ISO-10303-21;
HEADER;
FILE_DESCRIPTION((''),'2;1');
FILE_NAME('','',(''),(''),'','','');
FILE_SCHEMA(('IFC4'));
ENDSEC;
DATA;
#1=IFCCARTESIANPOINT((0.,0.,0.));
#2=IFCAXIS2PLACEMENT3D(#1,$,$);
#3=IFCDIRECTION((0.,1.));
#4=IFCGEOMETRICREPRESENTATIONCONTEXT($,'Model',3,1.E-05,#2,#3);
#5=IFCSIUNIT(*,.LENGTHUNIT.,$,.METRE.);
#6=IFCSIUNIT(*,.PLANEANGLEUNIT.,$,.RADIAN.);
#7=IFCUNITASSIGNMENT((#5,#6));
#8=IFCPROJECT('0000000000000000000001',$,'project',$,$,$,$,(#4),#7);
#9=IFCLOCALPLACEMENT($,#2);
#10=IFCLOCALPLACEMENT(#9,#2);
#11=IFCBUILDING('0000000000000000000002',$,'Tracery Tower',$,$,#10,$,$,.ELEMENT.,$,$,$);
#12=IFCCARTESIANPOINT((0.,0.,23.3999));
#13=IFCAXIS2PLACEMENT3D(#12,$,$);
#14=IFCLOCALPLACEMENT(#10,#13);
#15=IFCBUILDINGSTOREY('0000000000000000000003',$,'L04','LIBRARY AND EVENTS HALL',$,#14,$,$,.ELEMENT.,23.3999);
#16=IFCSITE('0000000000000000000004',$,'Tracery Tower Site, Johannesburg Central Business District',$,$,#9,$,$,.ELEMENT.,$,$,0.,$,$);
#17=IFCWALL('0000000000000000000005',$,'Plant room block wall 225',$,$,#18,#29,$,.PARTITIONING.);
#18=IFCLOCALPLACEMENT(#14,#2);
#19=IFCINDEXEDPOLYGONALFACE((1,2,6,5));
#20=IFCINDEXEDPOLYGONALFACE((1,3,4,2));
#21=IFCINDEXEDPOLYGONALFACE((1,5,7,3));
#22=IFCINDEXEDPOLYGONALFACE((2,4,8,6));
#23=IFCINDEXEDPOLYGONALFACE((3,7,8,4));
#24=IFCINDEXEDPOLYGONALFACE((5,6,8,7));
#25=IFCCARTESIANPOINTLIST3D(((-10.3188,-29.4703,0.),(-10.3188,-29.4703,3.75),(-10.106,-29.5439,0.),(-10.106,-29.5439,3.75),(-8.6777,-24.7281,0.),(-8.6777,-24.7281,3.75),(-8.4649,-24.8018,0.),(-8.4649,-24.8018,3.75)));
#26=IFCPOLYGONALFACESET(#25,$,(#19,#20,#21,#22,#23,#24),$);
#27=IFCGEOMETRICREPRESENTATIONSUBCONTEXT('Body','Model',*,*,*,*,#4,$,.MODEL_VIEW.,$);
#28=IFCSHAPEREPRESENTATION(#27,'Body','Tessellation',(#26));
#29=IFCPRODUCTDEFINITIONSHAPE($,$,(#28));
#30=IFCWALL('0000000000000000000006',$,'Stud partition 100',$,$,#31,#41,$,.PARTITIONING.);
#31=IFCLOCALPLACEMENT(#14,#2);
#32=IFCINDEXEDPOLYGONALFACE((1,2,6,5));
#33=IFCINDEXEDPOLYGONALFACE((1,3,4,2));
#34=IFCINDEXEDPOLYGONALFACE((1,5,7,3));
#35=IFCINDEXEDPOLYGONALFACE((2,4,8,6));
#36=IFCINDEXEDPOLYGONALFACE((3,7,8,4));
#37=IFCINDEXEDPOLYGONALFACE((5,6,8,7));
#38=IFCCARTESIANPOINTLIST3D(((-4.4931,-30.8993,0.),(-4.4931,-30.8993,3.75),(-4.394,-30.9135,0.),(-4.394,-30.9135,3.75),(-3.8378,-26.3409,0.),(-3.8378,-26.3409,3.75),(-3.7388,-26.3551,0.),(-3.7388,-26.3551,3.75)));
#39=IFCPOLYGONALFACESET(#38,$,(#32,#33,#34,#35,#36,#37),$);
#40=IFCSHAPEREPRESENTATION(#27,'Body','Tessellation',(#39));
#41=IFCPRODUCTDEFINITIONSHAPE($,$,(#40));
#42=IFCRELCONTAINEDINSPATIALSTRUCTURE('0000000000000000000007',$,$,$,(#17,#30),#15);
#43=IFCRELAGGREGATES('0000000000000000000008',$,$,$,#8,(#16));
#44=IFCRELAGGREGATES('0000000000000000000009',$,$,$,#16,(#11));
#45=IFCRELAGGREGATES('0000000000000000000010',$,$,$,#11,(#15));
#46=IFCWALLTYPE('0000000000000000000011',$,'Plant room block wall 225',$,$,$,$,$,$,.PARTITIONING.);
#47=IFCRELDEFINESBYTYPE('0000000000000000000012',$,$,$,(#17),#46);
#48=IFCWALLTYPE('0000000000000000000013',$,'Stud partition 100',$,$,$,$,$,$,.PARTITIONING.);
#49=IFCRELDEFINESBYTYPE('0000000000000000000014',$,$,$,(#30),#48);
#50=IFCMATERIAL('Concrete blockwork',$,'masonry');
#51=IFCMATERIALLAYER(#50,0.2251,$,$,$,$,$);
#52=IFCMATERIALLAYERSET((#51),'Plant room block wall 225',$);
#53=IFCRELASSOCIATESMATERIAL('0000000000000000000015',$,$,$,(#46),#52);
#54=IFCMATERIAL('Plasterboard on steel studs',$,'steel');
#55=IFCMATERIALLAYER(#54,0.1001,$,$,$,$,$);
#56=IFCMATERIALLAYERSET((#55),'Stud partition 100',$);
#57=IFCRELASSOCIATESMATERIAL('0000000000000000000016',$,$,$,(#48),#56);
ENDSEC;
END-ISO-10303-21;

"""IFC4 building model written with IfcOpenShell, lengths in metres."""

from ifc_helpers import new_model, si_unit, direction, frame, frame_2d, origin, place, context, subcontext, project, spatial, rectangle, extrude, material, layer, layer_set, type_object, element, save


model = new_model("IFC4")

# Units and contexts
model_context = context("Model", 3, precision=1e-05, world=origin(), true_north=direction((0.0, 1.0)))
body_context = subcontext(model_context, "Body", "Model", "MODEL_VIEW")
ifc_project = project(units=[si_unit("LENGTHUNIT", "METRE"), si_unit("PLANEANGLEUNIT", "RADIAN")], contexts=[model_context])

# Site, building, storey
site_placement = place(None, origin())
site = spatial("IfcSite", under=ifc_project, at=site_placement, Name="Tracery Tower Site, Johannesburg Central Business District", CompositionType="ELEMENT", RefElevation=0.0)
building_placement = place(site_placement, origin())
building = spatial("IfcBuilding", under=site, at=building_placement, Name="Tracery Tower", CompositionType="ELEMENT")
storey_placement = place(building_placement, frame((0.0, 0.0, 23.3999)))
storey = spatial("IfcBuildingStorey", under=building, at=storey_placement, Name="L04", Description="LIBRARY AND EVENTS HALL", CompositionType="ELEMENT", Elevation=23.3999)

# Shared definitions
ifc_material_1 = material(Name="Concrete blockwork", Category="masonry")
ifc_layer_1 = layer(ifc_material_1, 0.2251)
ifc_layer_set_1 = layer_set([ifc_layer_1], Name="Plant room block wall 225")
wall_type_1 = type_object("IfcWallType", Name="Plant room block wall 225", PredefinedType="PARTITIONING", material=ifc_layer_set_1)

# Walls
wall_1_placement = place(storey_placement, frame((-10.2124, -29.5071, 0.0), z_axis=(0.0, 0.0, 1.0), x_axis=(0.327037, 0.945012, 0.0)))
element("IfcWall", 1, at=wall_1_placement, inside=storey, type_object=wall_type_1, Name="Plant room block wall 225", PredefinedType="PARTITIONING", context=body_context, shape_type="SweptSolid", body=[
    extrude(rectangle(XDim=5.0181, YDim=0.2251, at=frame_2d((2.509, 0.0))), origin(), (0.0, 0.0, 1.0), 3.75),
])
ifc_material_2 = material(Name="Plasterboard on steel studs", Category="steel")
ifc_layer_2 = layer(ifc_material_2, 0.1001)
ifc_layer_set_2 = layer_set([ifc_layer_2], Name="Stud partition 100")
wall_type_2 = type_object("IfcWallType", Name="Stud partition 100", PredefinedType="PARTITIONING", material=ifc_layer_set_2)
wall_2_placement = place(storey_placement, frame((-4.4436, -30.9065, 0.0), z_axis=(0.0, 0.0, 1.0), x_axis=(0.14229, 0.989825, 0.0)))
element("IfcWall", 2, at=wall_2_placement, inside=storey, type_object=wall_type_2, Name="Stud partition 100", PredefinedType="PARTITIONING", context=body_context, shape_type="SweptSolid", body=[
    extrude(rectangle(XDim=4.6052, YDim=0.1001, at=frame_2d((2.3027, 0.0))), origin(), (0.0, 0.0, 1.0), 3.75),
])

save(model, "model.ifc")
